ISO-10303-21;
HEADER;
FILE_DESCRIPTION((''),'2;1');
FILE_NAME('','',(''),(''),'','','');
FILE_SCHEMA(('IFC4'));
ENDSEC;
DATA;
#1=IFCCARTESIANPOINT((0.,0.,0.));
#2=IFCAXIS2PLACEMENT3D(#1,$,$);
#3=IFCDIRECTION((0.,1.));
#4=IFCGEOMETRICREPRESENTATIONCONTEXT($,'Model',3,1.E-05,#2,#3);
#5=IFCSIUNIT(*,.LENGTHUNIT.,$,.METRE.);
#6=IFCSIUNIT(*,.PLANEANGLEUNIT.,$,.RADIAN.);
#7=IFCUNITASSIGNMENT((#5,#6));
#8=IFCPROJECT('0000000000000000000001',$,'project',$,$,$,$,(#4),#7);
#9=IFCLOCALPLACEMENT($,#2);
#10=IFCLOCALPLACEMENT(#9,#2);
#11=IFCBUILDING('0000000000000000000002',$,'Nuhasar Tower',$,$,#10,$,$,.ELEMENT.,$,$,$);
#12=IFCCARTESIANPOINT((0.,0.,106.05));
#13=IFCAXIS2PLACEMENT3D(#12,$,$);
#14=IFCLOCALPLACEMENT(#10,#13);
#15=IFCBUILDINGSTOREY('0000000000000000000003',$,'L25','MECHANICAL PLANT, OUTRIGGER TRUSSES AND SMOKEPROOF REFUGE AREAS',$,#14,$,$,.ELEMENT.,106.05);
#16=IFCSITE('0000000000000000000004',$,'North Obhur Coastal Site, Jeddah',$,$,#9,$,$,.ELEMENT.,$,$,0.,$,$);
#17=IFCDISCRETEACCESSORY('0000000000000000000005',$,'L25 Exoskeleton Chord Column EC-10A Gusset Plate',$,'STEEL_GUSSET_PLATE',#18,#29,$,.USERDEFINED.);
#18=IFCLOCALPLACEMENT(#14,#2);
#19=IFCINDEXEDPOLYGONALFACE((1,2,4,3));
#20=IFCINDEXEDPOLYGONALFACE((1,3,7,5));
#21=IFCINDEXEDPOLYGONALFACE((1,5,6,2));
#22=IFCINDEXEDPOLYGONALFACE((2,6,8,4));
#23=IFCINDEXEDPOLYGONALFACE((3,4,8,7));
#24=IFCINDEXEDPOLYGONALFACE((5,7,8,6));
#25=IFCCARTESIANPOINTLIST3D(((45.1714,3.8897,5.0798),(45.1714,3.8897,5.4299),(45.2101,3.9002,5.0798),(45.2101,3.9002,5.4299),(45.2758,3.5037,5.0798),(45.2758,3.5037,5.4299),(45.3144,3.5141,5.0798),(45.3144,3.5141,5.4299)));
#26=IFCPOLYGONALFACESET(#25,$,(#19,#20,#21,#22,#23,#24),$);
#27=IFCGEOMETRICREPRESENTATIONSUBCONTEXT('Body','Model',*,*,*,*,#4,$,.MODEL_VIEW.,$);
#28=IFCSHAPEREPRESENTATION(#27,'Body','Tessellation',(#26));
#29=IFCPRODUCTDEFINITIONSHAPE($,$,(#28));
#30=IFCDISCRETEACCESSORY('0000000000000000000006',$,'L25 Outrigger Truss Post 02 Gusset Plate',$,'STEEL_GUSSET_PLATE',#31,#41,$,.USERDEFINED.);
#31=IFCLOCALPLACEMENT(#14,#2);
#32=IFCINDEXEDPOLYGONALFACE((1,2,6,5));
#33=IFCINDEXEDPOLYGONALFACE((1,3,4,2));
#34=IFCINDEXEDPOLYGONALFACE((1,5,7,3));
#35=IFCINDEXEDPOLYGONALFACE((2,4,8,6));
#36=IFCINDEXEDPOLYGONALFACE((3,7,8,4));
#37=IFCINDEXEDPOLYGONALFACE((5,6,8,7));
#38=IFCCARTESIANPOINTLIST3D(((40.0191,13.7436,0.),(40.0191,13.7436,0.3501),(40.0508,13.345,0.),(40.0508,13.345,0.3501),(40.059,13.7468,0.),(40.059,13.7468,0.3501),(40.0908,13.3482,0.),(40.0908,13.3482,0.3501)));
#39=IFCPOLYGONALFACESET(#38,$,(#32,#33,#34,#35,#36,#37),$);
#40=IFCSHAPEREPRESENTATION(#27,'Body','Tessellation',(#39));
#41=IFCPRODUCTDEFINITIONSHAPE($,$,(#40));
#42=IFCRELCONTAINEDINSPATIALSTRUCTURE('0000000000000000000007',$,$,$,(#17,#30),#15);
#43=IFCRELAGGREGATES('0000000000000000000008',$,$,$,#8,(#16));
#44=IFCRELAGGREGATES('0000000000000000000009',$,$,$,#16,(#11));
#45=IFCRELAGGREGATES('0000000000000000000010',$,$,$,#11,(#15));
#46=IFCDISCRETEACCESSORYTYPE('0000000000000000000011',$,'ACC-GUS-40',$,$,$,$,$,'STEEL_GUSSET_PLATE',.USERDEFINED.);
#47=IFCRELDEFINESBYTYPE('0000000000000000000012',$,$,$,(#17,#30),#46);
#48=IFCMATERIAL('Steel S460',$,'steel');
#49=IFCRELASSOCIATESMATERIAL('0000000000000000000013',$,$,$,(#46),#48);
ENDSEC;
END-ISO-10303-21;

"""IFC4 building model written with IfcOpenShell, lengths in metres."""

from ifc_helpers import new_model, si_unit, direction, frame, origin, origin_2d, place, context, subcontext, project, spatial, rectangle, extrude, material, type_object, element, save


model = new_model("IFC4")

# Units and contexts
model_context = context("Model", 3, precision=1e-05, world=origin(), true_north=direction((0.0, 1.0)))
body_context = subcontext(model_context, "Body", "Model", "MODEL_VIEW")
ifc_project = project(units=[si_unit("LENGTHUNIT", "METRE"), si_unit("PLANEANGLEUNIT", "RADIAN")], contexts=[model_context])

# Site, building, storey
site_placement = place(None, origin())
site = spatial("IfcSite", under=ifc_project, at=site_placement, Name="North Obhur Coastal Site, Jeddah", CompositionType="ELEMENT", RefElevation=0.0)
building_placement = place(site_placement, origin())
building = spatial("IfcBuilding", under=site, at=building_placement, Name="Nuhasar Tower", CompositionType="ELEMENT")
storey_placement = place(building_placement, frame((0.0, 0.0, 106.05)))
storey = spatial("IfcBuildingStorey", under=building, at=storey_placement, Name="L25", Description="MECHANICAL PLANT, OUTRIGGER TRUSSES AND SMOKEPROOF REFUGE AREAS", CompositionType="ELEMENT", Elevation=106.05)

# Shared definitions
ifc_material_1 = material(Name="Steel S460", Category="steel")

# Discrete accessories
discrete_accessory_type = type_object("IfcDiscreteAccessoryType", Name="ACC-GUS-40", ElementType="STEEL_GUSSET_PLATE", PredefinedType="USERDEFINED", material=ifc_material_1)
for number, where, z_axis, x_axis, name in (
    (1, (45.2429, 3.7019, 5.0798), (0.0, 0.0, 1.0), (0.260909, -0.965363, 0.0), "L25 Exoskeleton Chord Column EC-10A Gusset Plate"),
    (2, (40.0549, 13.5459, 0.0), (0.0, 0.0, 1.0), (0.079364, -0.996846, 0.0), "L25 Outrigger Truss Post 02 Gusset Plate"),
):
    element("IfcDiscreteAccessory", number, at=place(storey_placement, frame(where, z_axis=z_axis, x_axis=x_axis)), inside=storey, type_object=discrete_accessory_type, Name=name, ObjectType="STEEL_GUSSET_PLATE", PredefinedType="USERDEFINED", context=body_context, shape_type="SweptSolid", body=[
        extrude(rectangle(XDim=0.3999, YDim=0.04, at=origin_2d()), origin(), (0.0, 0.0, 1.0), 0.3501),
    ])

save(model, "model.ifc")
